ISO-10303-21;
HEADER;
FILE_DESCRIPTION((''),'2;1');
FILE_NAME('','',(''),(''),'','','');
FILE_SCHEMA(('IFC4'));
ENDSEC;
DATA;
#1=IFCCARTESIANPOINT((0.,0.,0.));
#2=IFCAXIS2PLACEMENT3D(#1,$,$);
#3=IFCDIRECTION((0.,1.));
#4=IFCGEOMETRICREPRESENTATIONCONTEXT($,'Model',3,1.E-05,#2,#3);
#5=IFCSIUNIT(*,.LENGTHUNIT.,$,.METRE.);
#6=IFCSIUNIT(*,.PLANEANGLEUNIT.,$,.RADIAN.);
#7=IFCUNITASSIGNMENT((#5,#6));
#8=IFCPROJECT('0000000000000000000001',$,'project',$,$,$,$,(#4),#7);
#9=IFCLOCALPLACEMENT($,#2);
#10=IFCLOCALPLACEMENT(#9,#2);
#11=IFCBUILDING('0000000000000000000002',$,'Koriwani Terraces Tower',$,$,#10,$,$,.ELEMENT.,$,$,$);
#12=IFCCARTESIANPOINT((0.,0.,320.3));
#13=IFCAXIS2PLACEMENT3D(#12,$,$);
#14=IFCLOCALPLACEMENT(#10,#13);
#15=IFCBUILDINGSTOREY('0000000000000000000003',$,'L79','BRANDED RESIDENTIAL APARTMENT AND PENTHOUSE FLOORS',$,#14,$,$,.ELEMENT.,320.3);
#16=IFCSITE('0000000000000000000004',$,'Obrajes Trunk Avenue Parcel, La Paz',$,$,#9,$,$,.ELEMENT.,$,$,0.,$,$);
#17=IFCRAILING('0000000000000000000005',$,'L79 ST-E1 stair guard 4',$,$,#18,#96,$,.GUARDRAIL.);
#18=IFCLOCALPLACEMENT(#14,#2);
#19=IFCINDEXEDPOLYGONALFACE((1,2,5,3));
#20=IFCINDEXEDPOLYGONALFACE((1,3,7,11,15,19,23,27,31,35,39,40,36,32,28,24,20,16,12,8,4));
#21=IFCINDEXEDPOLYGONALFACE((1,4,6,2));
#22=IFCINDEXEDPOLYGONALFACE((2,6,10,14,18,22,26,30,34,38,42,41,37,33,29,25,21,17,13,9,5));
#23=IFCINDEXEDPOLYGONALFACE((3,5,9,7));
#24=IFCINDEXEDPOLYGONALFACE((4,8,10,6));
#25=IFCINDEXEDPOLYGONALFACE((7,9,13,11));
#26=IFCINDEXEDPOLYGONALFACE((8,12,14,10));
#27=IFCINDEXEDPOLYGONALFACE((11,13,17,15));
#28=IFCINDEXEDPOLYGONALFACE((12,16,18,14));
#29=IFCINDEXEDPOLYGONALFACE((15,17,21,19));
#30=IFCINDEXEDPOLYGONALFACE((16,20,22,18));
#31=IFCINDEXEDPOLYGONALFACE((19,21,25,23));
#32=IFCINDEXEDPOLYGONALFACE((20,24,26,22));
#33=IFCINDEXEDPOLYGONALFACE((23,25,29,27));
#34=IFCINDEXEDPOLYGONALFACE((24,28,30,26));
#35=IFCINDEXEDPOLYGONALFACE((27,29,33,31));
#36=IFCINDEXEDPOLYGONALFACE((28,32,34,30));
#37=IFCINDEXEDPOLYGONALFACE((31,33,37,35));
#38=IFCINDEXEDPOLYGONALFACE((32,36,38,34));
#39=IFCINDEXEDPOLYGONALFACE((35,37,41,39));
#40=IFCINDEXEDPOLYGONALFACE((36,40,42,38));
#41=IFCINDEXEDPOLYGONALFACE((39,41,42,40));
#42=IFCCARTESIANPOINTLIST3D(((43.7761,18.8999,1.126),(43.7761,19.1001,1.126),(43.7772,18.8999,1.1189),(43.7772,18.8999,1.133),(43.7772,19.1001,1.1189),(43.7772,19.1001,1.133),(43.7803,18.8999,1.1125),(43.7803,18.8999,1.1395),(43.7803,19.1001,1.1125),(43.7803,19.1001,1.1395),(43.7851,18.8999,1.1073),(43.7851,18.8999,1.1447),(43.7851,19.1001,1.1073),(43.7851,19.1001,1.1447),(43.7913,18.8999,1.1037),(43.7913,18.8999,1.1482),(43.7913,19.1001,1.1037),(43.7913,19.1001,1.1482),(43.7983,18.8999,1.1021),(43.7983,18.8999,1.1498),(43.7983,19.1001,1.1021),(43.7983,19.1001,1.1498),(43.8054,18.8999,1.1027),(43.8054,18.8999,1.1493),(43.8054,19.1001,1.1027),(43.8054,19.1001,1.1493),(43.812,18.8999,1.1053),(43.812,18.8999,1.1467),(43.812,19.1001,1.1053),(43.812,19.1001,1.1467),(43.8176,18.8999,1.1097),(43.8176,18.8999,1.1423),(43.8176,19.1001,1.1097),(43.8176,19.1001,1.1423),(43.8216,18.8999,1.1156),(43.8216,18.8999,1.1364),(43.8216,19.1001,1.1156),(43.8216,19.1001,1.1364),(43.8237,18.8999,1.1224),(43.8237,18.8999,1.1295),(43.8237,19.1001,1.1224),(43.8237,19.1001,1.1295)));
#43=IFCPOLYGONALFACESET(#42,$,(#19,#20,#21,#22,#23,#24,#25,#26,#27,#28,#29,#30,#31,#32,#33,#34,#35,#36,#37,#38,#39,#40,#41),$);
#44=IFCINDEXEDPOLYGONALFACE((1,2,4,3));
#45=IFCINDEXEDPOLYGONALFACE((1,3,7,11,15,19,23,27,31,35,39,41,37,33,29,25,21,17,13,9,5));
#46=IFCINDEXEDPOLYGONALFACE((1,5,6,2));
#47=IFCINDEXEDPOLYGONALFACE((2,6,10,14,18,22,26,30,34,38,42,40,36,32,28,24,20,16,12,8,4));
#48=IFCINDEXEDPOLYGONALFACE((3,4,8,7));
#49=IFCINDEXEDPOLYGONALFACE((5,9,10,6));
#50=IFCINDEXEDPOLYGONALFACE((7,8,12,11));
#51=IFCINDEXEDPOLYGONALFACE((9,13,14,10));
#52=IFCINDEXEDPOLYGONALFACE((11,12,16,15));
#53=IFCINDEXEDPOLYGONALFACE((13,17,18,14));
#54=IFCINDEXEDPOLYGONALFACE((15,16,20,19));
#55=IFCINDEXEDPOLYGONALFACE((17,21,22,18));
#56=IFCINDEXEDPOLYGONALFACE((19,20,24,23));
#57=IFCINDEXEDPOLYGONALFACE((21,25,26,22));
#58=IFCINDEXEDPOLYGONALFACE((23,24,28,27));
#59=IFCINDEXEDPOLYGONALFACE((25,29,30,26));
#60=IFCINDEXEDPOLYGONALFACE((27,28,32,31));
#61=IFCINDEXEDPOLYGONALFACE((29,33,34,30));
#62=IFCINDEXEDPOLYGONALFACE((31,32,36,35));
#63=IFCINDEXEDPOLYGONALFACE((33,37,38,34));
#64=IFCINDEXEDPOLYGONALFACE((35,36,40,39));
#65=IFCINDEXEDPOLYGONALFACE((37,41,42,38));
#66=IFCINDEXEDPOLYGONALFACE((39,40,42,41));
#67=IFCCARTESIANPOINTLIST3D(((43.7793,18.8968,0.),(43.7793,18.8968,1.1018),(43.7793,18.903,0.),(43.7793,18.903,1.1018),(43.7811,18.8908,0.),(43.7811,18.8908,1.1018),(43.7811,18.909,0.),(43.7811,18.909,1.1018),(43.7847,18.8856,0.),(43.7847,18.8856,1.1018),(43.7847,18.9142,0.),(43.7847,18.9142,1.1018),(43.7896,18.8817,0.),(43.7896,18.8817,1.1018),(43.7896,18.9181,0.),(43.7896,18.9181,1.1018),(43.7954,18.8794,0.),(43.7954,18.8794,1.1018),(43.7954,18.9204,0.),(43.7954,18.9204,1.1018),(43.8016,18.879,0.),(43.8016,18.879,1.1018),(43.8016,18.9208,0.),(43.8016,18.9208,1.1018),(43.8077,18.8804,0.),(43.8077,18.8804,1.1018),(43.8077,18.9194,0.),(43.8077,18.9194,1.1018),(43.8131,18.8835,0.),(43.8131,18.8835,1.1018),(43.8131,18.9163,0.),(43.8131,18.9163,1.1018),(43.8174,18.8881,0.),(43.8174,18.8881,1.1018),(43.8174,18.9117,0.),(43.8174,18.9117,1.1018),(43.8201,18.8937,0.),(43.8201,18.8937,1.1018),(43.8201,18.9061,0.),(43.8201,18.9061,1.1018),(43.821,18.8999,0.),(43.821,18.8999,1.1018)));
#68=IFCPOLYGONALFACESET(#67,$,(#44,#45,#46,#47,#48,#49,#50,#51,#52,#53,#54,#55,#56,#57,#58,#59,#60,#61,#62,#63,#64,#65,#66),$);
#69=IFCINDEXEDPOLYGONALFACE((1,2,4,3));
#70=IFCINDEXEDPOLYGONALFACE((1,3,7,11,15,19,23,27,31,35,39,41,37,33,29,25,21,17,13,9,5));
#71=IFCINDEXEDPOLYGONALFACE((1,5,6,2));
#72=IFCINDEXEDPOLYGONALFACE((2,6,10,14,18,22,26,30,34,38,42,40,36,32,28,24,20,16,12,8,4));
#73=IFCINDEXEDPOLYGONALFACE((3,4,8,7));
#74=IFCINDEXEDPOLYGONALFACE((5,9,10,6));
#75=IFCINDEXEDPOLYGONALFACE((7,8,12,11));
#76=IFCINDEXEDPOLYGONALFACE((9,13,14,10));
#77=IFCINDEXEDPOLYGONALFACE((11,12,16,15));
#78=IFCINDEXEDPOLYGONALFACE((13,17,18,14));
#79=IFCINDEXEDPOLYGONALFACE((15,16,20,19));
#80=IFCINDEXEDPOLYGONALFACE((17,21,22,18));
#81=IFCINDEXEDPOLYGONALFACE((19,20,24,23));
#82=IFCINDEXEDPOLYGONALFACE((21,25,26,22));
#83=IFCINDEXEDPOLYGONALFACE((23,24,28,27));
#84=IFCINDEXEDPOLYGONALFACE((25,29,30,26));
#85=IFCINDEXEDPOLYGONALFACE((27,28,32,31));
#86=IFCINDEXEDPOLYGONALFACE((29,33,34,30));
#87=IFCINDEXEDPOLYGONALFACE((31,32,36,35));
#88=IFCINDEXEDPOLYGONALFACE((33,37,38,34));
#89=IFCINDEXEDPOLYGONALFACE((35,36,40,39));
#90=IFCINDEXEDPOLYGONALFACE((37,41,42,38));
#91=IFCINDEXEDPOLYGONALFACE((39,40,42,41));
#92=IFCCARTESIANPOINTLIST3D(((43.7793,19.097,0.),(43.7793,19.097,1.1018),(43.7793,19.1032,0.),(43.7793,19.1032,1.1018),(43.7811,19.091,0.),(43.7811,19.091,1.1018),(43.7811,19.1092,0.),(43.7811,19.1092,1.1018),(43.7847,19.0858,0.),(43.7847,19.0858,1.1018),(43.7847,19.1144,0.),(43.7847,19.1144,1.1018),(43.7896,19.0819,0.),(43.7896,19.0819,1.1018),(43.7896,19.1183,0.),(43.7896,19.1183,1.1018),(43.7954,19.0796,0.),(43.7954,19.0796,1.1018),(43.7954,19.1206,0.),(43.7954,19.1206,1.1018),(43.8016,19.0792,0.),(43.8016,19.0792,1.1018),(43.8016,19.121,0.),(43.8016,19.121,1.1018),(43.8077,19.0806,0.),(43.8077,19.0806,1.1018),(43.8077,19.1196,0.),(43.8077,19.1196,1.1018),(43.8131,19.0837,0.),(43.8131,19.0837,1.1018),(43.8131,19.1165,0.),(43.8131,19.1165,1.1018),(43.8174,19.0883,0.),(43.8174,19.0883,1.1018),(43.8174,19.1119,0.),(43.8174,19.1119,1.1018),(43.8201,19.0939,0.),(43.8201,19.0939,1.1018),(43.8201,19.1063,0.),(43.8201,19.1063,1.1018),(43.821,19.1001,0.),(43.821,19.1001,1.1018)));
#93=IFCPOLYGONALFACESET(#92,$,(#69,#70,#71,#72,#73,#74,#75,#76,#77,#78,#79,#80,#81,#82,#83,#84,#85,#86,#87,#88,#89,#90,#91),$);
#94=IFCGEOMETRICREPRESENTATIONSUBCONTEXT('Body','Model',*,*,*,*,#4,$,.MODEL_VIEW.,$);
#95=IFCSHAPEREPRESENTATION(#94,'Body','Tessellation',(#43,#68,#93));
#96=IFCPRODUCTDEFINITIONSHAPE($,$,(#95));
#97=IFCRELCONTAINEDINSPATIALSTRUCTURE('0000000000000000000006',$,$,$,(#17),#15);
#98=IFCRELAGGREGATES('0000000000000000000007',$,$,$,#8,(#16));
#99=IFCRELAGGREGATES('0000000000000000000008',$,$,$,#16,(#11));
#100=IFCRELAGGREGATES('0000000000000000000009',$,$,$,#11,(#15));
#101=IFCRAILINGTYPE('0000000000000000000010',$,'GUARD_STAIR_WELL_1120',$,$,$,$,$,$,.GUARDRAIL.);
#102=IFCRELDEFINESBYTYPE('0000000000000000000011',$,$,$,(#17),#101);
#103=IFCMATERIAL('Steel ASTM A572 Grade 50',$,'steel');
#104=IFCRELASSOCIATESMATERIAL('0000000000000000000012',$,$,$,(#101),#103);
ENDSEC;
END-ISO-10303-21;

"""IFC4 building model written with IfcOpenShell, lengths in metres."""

from ifc_helpers import new_model, si_unit, direction, frame, origin, origin_2d, place, context, subcontext, project, spatial, circle, extrude, material, type_object, element, save


model = new_model("IFC4")

# Units and contexts
model_context = context("Model", 3, precision=1e-05, world=origin(), true_north=direction((0.0, 1.0)))
body_context = subcontext(model_context, "Body", "Model", "MODEL_VIEW")
ifc_project = project(units=[si_unit("LENGTHUNIT", "METRE"), si_unit("PLANEANGLEUNIT", "RADIAN")], contexts=[model_context])

# Site, building, storey
site_placement = place(None, origin())
site = spatial("IfcSite", under=ifc_project, at=site_placement, Name="Obrajes Trunk Avenue Parcel, La Paz", CompositionType="ELEMENT", RefElevation=0.0)
building_placement = place(site_placement, origin())
building = spatial("IfcBuilding", under=site, at=building_placement, Name="Koriwani Terraces Tower", CompositionType="ELEMENT")
storey_placement = place(building_placement, frame((0.0, 0.0, 320.3)))
storey = spatial("IfcBuildingStorey", under=building, at=storey_placement, Name="L79", Description="BRANDED RESIDENTIAL APARTMENT AND PENTHOUSE FLOORS", CompositionType="ELEMENT", Elevation=320.3)

# Railing
ifc_material_1 = material(Name="Steel ASTM A572 Grade 50", Category="steel")
railing_type_1 = type_object("IfcRailingType", Name="GUARD_STAIR_WELL_1120", PredefinedType="GUARDRAIL", material=ifc_material_1)
railing_1_placement = place(storey_placement, frame((43.8, 18.8999, 0.0)))
element("IfcRailing", 1, at=railing_1_placement, inside=storey, type_object=railing_type_1, Name="L79 ST-E1 stair guard 4", PredefinedType="GUARDRAIL", context=body_context, shape_type="SweptSolid", body=[
    extrude(circle(Radius=0.0239, at=origin_2d()), frame((0.0, 0.0, 1.126), z_axis=(0.0, 1.0, 0.0), x_axis=(-1.0, 0.0, 0.0)), (0.0, 0.0, 1.0), 0.2002),
    extrude(circle(Radius=0.021, at=origin_2d()), origin(), (0.0, 0.0, 1.0), 1.1018),
    extrude(circle(Radius=0.021, at=origin_2d()), frame((0.0, 0.2002, 0.0)), (0.0, 0.0, 1.0), 1.1018),
])

save(model, "model.ifc")
